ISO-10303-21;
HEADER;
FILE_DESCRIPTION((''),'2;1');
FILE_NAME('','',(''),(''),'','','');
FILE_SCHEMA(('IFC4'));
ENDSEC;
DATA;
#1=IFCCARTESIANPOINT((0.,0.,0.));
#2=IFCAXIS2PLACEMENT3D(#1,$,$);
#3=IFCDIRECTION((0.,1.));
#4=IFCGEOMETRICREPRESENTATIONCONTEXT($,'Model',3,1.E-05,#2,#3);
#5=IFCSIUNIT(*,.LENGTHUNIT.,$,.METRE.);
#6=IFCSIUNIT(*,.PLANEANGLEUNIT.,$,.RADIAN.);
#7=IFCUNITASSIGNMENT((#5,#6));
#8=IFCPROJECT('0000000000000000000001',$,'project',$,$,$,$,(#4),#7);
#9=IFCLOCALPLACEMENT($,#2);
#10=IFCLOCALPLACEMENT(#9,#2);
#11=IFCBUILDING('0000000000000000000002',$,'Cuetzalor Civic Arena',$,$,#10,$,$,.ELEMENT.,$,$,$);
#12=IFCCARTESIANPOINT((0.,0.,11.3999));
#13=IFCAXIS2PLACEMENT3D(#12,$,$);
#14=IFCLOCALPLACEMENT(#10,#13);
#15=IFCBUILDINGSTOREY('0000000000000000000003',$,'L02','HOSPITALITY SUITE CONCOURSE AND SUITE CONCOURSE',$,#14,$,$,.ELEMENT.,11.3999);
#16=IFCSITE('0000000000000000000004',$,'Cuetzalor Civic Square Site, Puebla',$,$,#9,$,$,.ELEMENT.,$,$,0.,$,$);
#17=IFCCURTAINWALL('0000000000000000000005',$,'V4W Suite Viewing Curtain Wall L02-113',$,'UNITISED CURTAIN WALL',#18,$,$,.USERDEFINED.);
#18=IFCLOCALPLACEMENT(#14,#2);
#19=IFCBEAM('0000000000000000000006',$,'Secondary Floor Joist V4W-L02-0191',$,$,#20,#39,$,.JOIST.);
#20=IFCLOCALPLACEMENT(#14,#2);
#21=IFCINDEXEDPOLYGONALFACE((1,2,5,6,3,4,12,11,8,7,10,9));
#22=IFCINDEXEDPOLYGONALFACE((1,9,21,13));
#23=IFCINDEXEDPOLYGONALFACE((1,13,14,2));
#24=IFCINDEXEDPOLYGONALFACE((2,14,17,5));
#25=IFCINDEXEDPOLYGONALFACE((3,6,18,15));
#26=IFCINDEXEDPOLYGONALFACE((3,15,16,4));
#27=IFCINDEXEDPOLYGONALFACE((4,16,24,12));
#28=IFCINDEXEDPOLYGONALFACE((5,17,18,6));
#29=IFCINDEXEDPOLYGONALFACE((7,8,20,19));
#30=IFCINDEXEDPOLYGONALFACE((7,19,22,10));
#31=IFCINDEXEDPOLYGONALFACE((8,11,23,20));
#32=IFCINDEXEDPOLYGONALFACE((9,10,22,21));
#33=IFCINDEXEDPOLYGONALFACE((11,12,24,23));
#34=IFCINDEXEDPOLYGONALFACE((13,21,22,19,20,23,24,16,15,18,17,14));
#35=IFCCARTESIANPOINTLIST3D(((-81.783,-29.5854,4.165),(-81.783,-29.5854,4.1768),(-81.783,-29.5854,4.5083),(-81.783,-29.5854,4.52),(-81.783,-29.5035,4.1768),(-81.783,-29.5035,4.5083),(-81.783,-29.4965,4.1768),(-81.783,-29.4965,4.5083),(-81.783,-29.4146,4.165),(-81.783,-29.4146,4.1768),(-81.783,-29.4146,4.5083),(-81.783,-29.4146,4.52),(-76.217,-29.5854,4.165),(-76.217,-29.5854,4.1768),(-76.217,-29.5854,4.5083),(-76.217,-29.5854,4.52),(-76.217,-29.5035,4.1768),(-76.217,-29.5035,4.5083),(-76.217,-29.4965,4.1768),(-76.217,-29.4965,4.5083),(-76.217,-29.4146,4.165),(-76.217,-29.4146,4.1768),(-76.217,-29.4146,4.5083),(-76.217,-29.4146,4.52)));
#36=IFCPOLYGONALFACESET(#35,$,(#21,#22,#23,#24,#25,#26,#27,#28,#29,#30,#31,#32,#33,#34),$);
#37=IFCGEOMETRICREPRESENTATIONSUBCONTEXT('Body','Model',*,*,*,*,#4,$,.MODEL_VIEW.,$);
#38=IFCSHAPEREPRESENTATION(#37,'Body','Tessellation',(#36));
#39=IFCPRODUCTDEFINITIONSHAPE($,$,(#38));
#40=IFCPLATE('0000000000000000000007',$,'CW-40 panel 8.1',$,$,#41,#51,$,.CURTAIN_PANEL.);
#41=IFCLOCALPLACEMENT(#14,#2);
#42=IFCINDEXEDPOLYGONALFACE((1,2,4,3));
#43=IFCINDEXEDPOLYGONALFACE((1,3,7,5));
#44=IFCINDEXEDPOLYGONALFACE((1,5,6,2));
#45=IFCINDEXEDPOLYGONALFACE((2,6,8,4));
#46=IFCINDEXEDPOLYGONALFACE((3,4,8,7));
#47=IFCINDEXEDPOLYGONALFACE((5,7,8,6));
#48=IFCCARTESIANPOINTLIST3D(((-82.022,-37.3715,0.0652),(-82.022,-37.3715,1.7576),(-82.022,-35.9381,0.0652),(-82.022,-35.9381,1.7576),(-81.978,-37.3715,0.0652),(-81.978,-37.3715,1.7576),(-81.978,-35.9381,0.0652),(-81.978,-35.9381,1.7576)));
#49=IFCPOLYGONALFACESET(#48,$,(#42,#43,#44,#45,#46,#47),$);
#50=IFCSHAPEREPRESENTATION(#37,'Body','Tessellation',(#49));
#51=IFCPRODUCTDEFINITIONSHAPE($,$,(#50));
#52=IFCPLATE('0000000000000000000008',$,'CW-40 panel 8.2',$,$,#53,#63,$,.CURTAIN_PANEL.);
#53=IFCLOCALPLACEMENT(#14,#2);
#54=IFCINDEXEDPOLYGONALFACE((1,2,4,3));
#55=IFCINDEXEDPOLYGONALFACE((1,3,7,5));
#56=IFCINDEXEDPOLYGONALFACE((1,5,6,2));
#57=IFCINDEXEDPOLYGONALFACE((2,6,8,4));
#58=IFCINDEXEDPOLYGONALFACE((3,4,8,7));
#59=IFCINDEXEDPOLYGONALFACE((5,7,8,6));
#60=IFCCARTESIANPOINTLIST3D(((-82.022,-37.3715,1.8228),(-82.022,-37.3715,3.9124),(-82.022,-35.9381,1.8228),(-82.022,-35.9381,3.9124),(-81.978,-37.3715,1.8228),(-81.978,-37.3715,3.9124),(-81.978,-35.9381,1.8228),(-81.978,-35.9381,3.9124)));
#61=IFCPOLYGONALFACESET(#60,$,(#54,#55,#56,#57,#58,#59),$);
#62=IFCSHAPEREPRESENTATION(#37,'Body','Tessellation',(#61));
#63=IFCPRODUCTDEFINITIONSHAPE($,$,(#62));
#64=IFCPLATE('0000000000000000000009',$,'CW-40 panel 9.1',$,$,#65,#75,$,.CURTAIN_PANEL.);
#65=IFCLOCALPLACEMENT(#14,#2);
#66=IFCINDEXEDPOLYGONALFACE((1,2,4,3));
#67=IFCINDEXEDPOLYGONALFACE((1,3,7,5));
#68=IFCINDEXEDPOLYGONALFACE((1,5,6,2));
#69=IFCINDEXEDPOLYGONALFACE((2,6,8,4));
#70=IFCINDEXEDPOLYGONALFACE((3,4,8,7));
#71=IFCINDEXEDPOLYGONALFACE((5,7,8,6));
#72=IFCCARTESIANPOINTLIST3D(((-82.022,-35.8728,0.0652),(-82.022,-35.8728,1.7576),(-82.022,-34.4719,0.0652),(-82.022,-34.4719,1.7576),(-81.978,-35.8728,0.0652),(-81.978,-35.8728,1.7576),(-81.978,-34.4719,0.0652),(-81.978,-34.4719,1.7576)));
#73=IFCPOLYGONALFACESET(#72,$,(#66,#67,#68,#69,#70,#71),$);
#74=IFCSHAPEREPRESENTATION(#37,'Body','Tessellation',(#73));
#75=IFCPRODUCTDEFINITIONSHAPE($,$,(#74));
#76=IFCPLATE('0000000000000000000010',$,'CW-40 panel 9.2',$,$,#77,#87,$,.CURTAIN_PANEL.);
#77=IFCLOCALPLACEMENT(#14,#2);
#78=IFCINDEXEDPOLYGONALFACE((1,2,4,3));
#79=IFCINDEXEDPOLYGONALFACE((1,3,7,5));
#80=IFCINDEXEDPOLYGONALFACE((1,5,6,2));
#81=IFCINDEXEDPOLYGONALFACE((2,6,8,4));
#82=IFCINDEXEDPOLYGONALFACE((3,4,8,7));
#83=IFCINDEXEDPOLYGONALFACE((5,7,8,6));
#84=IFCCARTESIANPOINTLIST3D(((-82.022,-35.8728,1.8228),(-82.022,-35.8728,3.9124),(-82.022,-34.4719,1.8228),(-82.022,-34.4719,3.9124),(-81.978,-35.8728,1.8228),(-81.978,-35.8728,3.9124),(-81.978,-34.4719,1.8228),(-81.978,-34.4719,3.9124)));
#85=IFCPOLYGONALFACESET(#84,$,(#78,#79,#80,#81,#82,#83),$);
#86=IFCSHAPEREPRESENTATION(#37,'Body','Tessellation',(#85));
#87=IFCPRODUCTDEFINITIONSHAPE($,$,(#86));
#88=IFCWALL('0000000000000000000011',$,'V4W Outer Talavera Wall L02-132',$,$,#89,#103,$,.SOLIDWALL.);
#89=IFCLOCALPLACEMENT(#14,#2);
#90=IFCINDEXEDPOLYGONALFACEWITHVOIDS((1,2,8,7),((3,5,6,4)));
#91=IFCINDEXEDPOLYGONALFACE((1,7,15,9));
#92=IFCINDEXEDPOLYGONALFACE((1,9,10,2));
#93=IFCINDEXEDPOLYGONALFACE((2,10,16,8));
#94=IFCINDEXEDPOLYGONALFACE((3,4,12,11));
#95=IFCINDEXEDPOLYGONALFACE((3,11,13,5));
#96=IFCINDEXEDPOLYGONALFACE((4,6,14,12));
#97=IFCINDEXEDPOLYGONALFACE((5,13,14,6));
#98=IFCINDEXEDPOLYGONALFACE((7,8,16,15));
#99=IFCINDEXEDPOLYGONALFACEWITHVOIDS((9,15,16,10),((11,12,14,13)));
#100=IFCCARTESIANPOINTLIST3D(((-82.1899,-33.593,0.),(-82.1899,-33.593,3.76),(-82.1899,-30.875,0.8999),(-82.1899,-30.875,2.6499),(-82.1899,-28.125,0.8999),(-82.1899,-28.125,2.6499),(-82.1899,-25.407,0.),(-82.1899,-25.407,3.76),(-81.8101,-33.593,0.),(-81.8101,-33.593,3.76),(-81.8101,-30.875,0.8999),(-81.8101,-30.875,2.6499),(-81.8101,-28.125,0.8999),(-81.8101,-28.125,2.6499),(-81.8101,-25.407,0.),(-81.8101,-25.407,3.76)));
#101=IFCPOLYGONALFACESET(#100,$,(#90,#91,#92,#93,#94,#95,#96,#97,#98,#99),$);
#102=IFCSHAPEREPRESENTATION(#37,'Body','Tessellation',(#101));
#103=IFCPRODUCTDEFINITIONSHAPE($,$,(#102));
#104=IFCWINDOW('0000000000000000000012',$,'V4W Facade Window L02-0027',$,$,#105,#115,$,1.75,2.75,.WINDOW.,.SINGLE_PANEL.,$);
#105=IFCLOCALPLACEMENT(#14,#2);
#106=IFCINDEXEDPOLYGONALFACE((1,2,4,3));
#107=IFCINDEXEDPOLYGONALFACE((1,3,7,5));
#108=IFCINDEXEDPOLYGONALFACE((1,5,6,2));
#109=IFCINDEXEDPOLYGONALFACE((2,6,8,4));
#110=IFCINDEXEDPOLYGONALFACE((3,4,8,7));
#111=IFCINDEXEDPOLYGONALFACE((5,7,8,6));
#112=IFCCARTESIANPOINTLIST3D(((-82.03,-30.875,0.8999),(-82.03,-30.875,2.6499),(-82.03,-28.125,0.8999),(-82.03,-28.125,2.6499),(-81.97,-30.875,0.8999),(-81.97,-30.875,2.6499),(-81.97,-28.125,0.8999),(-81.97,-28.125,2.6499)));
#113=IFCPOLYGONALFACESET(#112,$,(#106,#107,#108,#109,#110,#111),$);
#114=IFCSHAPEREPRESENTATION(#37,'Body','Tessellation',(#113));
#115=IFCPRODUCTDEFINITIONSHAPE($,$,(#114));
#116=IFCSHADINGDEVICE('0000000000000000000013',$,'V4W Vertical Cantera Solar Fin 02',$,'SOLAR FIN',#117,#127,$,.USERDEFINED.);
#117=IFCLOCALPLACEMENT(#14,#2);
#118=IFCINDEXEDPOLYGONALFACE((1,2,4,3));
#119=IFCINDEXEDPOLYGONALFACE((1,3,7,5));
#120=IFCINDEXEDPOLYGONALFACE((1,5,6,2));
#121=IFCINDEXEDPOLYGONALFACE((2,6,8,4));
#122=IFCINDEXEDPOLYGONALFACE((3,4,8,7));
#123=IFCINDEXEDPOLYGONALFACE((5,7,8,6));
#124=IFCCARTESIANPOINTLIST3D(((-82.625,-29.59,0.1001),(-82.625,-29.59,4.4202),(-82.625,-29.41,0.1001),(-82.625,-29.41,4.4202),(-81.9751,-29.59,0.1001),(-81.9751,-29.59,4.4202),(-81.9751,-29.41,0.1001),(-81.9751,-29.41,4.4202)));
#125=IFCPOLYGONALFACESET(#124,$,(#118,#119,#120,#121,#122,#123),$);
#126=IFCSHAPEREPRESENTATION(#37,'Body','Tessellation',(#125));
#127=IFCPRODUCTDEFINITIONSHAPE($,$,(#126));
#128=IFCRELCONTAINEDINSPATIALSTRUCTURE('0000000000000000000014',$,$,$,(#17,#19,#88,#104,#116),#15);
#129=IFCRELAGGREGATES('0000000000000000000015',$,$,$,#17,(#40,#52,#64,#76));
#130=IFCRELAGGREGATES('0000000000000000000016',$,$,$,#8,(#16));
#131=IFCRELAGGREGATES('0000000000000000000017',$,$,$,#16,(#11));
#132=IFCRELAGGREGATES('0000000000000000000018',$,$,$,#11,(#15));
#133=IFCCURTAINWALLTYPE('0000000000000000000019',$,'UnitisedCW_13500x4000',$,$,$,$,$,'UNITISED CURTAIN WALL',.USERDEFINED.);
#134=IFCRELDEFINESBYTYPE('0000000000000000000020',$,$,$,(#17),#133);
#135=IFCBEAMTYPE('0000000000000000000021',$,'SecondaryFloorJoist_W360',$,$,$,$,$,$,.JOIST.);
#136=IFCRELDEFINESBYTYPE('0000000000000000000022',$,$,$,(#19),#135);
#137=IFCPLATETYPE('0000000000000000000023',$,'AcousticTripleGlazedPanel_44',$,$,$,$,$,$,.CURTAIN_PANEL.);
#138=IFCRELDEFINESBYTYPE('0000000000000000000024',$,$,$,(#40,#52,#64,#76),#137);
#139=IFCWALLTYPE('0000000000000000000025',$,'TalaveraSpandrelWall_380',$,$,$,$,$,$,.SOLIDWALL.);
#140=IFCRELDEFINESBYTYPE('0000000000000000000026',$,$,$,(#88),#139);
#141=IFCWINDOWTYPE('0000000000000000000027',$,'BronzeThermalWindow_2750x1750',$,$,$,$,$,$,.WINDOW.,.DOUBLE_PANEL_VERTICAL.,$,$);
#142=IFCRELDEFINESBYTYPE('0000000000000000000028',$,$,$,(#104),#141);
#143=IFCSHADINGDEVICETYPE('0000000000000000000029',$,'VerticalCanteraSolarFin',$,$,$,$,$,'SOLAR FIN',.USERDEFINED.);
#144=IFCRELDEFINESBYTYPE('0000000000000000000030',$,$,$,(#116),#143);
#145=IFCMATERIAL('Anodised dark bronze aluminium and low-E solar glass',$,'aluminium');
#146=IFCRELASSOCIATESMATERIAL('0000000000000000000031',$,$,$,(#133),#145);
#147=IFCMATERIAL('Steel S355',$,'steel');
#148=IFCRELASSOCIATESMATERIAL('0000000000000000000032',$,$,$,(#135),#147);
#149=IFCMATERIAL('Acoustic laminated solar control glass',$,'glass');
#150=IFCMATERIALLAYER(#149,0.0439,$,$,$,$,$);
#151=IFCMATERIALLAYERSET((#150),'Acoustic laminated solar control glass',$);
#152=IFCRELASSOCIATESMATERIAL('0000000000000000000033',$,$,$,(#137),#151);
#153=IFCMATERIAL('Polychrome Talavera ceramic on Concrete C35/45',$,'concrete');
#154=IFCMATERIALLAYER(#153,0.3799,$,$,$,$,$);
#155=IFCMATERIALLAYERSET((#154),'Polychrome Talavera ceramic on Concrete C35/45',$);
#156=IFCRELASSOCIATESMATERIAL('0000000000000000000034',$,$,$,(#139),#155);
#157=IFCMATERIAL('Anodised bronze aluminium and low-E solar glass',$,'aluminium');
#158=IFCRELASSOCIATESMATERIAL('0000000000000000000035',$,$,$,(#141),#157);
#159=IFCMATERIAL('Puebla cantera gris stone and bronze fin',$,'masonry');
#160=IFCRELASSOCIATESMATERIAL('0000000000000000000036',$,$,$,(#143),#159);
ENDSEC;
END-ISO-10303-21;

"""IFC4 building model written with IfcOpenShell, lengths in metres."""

from ifc_helpers import new_model, si_unit, direction, frame, frame_2d, origin, origin_2d, place, context, subcontext, project, spatial, rectangle, i_section, extrude, material, layer, layer_set, material_profile, profile_set, type_object, element, fill, aggregate, save


model = new_model("IFC4")

# Units and contexts
model_context = context("Model", 3, precision=1e-05, world=origin(), true_north=direction((0.0, 1.0)))
body_context = subcontext(model_context, "Body", "Model", "MODEL_VIEW")
ifc_project = project(units=[si_unit("LENGTHUNIT", "METRE"), si_unit("PLANEANGLEUNIT", "RADIAN")], contexts=[model_context])

# Site, building, storey
site_placement = place(None, origin())
site = spatial("IfcSite", under=ifc_project, at=site_placement, Name="Cuetzalor Civic Square Site, Puebla", CompositionType="ELEMENT", RefElevation=0.0)
building_placement = place(site_placement, origin())
building = spatial("IfcBuilding", under=site, at=building_placement, Name="Cuetzalor Civic Arena", CompositionType="ELEMENT")
storey_placement = place(building_placement, frame((0.0, 0.0, 11.3999)))
storey = spatial("IfcBuildingStorey", under=building, at=storey_placement, Name="L02", Description="HOSPITALITY SUITE CONCOURSE AND SUITE CONCOURSE", CompositionType="ELEMENT", Elevation=11.3999)

# Curtain wall
ifc_material_1 = material(Name="Anodised dark bronze aluminium and low-E solar glass", Category="aluminium")
curtain_wall_type = type_object("IfcCurtainWallType", Name="UnitisedCW_13500x4000", ElementType="UNITISED CURTAIN WALL", PredefinedType="USERDEFINED", material=ifc_material_1)
curtain_wall_placement = place(storey_placement, origin())
curtain_wall = element("IfcCurtainWall", 1, at=curtain_wall_placement, inside=storey, type_object=curtain_wall_type, Name="V4W Suite Viewing Curtain Wall L02-113", ObjectType="UNITISED CURTAIN WALL", PredefinedType="USERDEFINED")

# Beam
ifc_material_2 = material(Name="Steel S355", Category="steel")
ifc_material_profile_1 = material_profile(ifc_material_2, i_section(OverallWidth=0.1709, OverallDepth=0.355, WebThickness=0.0071, FlangeThickness=0.0117, at=origin_2d()), Name="W360x51")
ifc_profile_set_1 = profile_set([ifc_material_profile_1], Name="Steel S355")
beam_type_1 = type_object("IfcBeamType", Name="SecondaryFloorJoist_W360", PredefinedType="JOIST", material=ifc_profile_set_1)
beam_1_placement = place(storey_placement, frame((-81.783, -29.5, 4.3425), z_axis=(1.0, 0.0, 0.0), x_axis=(0.0, 1.0, 0.0)))
element("IfcBeam", 2, at=beam_1_placement, inside=storey, type_object=beam_type_1, Name="Secondary Floor Joist V4W-L02-0191", PredefinedType="JOIST", context=body_context, shape_type="SweptSolid", body=[
    extrude(i_section(OverallWidth=0.1709, OverallDepth=0.355, WebThickness=0.0071, FlangeThickness=0.0117, at=origin_2d()), origin(), (0.0, 0.0, 1.0), 5.5659),
])

# Plates
ifc_material_3 = material(Name="Acoustic laminated solar control glass", Category="glass")
ifc_layer_1 = layer(ifc_material_3, 0.0439)
ifc_layer_set_1 = layer_set([ifc_layer_1], Name="Acoustic laminated solar control glass")
plate_type = type_object("IfcPlateType", Name="AcousticTripleGlazedPanel_44", PredefinedType="CURTAIN_PANEL", material=ifc_layer_set_1)
plate_1_placement = place(storey_placement, frame((-82.0, -36.6548, 0.0652), z_axis=(0.0, 0.0, 1.0), x_axis=(0.0, 1.0, 0.0)))
plate_1 = element("IfcPlate", 3, at=plate_1_placement, type_object=plate_type, Name="CW-40 panel 8.1", PredefinedType="CURTAIN_PANEL", context=body_context, shape_type="SweptSolid", body=[
    extrude(rectangle(XDim=1.4333, YDim=0.0439, at=origin_2d()), origin(), (0.0, 0.0, 1.0), 1.6924),
])
plate_2_placement = place(storey_placement, frame((-82.0, -36.6548, 1.8228), z_axis=(0.0, 0.0, 1.0), x_axis=(0.0, 1.0, 0.0)))
plate_2 = element("IfcPlate", 4, at=plate_2_placement, type_object=plate_type, Name="CW-40 panel 8.2", PredefinedType="CURTAIN_PANEL", context=body_context, shape_type="SweptSolid", body=[
    extrude(rectangle(XDim=1.4333, YDim=0.0439, at=origin_2d()), origin(), (0.0, 0.0, 1.0), 2.0896),
])
plate_3_placement = place(storey_placement, frame((-82.0, -35.1724, 0.0652), z_axis=(0.0, 0.0, 1.0), x_axis=(0.0, 1.0, 0.0)))
plate_3 = element("IfcPlate", 5, at=plate_3_placement, type_object=plate_type, Name="CW-40 panel 9.1", PredefinedType="CURTAIN_PANEL", context=body_context, shape_type="SweptSolid", body=[
    extrude(rectangle(XDim=1.4009, YDim=0.0439, at=origin_2d()), origin(), (0.0, 0.0, 1.0), 1.6924),
])
plate_4_placement = place(storey_placement, frame((-82.0, -35.1724, 1.8228), z_axis=(0.0, 0.0, 1.0), x_axis=(0.0, 1.0, 0.0)))
plate_4 = element("IfcPlate", 6, at=plate_4_placement, type_object=plate_type, Name="CW-40 panel 9.2", PredefinedType="CURTAIN_PANEL", context=body_context, shape_type="SweptSolid", body=[
    extrude(rectangle(XDim=1.4009, YDim=0.0439, at=origin_2d()), origin(), (0.0, 0.0, 1.0), 2.0896),
])
aggregate(curtain_wall, [plate_1, plate_2, plate_3, plate_4])

# Wall, opening, window
ifc_material_4 = material(Name="Polychrome Talavera ceramic on Concrete C35/45", Category="concrete")
ifc_layer_2 = layer(ifc_material_4, 0.3799)
ifc_layer_set_2 = layer_set([ifc_layer_2], Name="Polychrome Talavera ceramic on Concrete C35/45")
wall_type = type_object("IfcWallType", Name="TalaveraSpandrelWall_380", PredefinedType="SOLIDWALL", material=ifc_layer_set_2)
wall_placement = place(storey_placement, frame((-82.0, -33.593, 0.0), z_axis=(0.0, 0.0, 1.0), x_axis=(0.0, 1.0, 0.0)))
wall = element("IfcWall", 7, at=wall_placement, inside=storey, type_object=wall_type, Name="V4W Outer Talavera Wall L02-132", PredefinedType="SOLIDWALL", context=body_context, shape_type="SweptSolid", body=[
    extrude(rectangle(XDim=8.186, YDim=0.3799, at=frame_2d((4.093, 0.0))), origin(), (0.0, 0.0, 1.0), 3.76),
])
opening_placement = place(wall_placement, frame((2.718, 0.0, 0.8999)))
opening = element("IfcOpeningElement", 8, at=opening_placement, cuts=wall, PredefinedType="OPENING", context=body_context, shape_type="SweptSolid", body=[
    extrude(rectangle(XDim=2.75, YDim=1.75, at=frame_2d((1.375, 0.875))), frame((0.0, 0.2, 0.0), z_axis=(0.0, -1.0, 0.0), x_axis=(1.0, 0.0, 0.0)), (0.0, 0.0, 1.0), 0.3999),
])
ifc_material_5 = material(Name="Anodised bronze aluminium and low-E solar glass", Category="aluminium")
window_type = type_object("IfcWindowType", Name="BronzeThermalWindow_2750x1750", PartitioningType="DOUBLE_PANEL_VERTICAL", PredefinedType="WINDOW", material=ifc_material_5)
window_placement = place(opening_placement, origin())
window = element("IfcWindow", 9, at=window_placement, inside=storey, type_object=window_type, Name="V4W Facade Window L02-0027", OverallHeight=1.75, OverallWidth=2.75, PartitioningType="SINGLE_PANEL", PredefinedType="WINDOW", context=body_context, shape_type="SweptSolid", body=[
    extrude(rectangle(XDim=2.75, YDim=1.75, at=frame_2d((1.375, 0.875))), frame((0.0, 0.03, 0.0), z_axis=(0.0, -1.0, 0.0), x_axis=(1.0, 0.0, 0.0)), (0.0, 0.0, 1.0), 0.0601),
])
fill(opening, window)

# Shading device
ifc_material_6 = material(Name="Puebla cantera gris stone and bronze fin", Category="masonry")
shading_device_type = type_object("IfcShadingDeviceType", Name="VerticalCanteraSolarFin", ElementType="SOLAR FIN", PredefinedType="USERDEFINED", material=ifc_material_6)
shading_device_placement = place(storey_placement, frame((-82.3, -29.5, 0.1001), z_axis=(0.0, 0.0, 1.0), x_axis=(1.0, 0.0, 0.0)))
element("IfcShadingDevice", 10, at=shading_device_placement, inside=storey, type_object=shading_device_type, Name="V4W Vertical Cantera Solar Fin 02", ObjectType="SOLAR FIN", PredefinedType="USERDEFINED", context=body_context, shape_type="SweptSolid", body=[
    extrude(rectangle(XDim=0.6499, YDim=0.1799, at=origin_2d()), origin(), (0.0, 0.0, 1.0), 4.3201),
])

save(model, "model.ifc")
